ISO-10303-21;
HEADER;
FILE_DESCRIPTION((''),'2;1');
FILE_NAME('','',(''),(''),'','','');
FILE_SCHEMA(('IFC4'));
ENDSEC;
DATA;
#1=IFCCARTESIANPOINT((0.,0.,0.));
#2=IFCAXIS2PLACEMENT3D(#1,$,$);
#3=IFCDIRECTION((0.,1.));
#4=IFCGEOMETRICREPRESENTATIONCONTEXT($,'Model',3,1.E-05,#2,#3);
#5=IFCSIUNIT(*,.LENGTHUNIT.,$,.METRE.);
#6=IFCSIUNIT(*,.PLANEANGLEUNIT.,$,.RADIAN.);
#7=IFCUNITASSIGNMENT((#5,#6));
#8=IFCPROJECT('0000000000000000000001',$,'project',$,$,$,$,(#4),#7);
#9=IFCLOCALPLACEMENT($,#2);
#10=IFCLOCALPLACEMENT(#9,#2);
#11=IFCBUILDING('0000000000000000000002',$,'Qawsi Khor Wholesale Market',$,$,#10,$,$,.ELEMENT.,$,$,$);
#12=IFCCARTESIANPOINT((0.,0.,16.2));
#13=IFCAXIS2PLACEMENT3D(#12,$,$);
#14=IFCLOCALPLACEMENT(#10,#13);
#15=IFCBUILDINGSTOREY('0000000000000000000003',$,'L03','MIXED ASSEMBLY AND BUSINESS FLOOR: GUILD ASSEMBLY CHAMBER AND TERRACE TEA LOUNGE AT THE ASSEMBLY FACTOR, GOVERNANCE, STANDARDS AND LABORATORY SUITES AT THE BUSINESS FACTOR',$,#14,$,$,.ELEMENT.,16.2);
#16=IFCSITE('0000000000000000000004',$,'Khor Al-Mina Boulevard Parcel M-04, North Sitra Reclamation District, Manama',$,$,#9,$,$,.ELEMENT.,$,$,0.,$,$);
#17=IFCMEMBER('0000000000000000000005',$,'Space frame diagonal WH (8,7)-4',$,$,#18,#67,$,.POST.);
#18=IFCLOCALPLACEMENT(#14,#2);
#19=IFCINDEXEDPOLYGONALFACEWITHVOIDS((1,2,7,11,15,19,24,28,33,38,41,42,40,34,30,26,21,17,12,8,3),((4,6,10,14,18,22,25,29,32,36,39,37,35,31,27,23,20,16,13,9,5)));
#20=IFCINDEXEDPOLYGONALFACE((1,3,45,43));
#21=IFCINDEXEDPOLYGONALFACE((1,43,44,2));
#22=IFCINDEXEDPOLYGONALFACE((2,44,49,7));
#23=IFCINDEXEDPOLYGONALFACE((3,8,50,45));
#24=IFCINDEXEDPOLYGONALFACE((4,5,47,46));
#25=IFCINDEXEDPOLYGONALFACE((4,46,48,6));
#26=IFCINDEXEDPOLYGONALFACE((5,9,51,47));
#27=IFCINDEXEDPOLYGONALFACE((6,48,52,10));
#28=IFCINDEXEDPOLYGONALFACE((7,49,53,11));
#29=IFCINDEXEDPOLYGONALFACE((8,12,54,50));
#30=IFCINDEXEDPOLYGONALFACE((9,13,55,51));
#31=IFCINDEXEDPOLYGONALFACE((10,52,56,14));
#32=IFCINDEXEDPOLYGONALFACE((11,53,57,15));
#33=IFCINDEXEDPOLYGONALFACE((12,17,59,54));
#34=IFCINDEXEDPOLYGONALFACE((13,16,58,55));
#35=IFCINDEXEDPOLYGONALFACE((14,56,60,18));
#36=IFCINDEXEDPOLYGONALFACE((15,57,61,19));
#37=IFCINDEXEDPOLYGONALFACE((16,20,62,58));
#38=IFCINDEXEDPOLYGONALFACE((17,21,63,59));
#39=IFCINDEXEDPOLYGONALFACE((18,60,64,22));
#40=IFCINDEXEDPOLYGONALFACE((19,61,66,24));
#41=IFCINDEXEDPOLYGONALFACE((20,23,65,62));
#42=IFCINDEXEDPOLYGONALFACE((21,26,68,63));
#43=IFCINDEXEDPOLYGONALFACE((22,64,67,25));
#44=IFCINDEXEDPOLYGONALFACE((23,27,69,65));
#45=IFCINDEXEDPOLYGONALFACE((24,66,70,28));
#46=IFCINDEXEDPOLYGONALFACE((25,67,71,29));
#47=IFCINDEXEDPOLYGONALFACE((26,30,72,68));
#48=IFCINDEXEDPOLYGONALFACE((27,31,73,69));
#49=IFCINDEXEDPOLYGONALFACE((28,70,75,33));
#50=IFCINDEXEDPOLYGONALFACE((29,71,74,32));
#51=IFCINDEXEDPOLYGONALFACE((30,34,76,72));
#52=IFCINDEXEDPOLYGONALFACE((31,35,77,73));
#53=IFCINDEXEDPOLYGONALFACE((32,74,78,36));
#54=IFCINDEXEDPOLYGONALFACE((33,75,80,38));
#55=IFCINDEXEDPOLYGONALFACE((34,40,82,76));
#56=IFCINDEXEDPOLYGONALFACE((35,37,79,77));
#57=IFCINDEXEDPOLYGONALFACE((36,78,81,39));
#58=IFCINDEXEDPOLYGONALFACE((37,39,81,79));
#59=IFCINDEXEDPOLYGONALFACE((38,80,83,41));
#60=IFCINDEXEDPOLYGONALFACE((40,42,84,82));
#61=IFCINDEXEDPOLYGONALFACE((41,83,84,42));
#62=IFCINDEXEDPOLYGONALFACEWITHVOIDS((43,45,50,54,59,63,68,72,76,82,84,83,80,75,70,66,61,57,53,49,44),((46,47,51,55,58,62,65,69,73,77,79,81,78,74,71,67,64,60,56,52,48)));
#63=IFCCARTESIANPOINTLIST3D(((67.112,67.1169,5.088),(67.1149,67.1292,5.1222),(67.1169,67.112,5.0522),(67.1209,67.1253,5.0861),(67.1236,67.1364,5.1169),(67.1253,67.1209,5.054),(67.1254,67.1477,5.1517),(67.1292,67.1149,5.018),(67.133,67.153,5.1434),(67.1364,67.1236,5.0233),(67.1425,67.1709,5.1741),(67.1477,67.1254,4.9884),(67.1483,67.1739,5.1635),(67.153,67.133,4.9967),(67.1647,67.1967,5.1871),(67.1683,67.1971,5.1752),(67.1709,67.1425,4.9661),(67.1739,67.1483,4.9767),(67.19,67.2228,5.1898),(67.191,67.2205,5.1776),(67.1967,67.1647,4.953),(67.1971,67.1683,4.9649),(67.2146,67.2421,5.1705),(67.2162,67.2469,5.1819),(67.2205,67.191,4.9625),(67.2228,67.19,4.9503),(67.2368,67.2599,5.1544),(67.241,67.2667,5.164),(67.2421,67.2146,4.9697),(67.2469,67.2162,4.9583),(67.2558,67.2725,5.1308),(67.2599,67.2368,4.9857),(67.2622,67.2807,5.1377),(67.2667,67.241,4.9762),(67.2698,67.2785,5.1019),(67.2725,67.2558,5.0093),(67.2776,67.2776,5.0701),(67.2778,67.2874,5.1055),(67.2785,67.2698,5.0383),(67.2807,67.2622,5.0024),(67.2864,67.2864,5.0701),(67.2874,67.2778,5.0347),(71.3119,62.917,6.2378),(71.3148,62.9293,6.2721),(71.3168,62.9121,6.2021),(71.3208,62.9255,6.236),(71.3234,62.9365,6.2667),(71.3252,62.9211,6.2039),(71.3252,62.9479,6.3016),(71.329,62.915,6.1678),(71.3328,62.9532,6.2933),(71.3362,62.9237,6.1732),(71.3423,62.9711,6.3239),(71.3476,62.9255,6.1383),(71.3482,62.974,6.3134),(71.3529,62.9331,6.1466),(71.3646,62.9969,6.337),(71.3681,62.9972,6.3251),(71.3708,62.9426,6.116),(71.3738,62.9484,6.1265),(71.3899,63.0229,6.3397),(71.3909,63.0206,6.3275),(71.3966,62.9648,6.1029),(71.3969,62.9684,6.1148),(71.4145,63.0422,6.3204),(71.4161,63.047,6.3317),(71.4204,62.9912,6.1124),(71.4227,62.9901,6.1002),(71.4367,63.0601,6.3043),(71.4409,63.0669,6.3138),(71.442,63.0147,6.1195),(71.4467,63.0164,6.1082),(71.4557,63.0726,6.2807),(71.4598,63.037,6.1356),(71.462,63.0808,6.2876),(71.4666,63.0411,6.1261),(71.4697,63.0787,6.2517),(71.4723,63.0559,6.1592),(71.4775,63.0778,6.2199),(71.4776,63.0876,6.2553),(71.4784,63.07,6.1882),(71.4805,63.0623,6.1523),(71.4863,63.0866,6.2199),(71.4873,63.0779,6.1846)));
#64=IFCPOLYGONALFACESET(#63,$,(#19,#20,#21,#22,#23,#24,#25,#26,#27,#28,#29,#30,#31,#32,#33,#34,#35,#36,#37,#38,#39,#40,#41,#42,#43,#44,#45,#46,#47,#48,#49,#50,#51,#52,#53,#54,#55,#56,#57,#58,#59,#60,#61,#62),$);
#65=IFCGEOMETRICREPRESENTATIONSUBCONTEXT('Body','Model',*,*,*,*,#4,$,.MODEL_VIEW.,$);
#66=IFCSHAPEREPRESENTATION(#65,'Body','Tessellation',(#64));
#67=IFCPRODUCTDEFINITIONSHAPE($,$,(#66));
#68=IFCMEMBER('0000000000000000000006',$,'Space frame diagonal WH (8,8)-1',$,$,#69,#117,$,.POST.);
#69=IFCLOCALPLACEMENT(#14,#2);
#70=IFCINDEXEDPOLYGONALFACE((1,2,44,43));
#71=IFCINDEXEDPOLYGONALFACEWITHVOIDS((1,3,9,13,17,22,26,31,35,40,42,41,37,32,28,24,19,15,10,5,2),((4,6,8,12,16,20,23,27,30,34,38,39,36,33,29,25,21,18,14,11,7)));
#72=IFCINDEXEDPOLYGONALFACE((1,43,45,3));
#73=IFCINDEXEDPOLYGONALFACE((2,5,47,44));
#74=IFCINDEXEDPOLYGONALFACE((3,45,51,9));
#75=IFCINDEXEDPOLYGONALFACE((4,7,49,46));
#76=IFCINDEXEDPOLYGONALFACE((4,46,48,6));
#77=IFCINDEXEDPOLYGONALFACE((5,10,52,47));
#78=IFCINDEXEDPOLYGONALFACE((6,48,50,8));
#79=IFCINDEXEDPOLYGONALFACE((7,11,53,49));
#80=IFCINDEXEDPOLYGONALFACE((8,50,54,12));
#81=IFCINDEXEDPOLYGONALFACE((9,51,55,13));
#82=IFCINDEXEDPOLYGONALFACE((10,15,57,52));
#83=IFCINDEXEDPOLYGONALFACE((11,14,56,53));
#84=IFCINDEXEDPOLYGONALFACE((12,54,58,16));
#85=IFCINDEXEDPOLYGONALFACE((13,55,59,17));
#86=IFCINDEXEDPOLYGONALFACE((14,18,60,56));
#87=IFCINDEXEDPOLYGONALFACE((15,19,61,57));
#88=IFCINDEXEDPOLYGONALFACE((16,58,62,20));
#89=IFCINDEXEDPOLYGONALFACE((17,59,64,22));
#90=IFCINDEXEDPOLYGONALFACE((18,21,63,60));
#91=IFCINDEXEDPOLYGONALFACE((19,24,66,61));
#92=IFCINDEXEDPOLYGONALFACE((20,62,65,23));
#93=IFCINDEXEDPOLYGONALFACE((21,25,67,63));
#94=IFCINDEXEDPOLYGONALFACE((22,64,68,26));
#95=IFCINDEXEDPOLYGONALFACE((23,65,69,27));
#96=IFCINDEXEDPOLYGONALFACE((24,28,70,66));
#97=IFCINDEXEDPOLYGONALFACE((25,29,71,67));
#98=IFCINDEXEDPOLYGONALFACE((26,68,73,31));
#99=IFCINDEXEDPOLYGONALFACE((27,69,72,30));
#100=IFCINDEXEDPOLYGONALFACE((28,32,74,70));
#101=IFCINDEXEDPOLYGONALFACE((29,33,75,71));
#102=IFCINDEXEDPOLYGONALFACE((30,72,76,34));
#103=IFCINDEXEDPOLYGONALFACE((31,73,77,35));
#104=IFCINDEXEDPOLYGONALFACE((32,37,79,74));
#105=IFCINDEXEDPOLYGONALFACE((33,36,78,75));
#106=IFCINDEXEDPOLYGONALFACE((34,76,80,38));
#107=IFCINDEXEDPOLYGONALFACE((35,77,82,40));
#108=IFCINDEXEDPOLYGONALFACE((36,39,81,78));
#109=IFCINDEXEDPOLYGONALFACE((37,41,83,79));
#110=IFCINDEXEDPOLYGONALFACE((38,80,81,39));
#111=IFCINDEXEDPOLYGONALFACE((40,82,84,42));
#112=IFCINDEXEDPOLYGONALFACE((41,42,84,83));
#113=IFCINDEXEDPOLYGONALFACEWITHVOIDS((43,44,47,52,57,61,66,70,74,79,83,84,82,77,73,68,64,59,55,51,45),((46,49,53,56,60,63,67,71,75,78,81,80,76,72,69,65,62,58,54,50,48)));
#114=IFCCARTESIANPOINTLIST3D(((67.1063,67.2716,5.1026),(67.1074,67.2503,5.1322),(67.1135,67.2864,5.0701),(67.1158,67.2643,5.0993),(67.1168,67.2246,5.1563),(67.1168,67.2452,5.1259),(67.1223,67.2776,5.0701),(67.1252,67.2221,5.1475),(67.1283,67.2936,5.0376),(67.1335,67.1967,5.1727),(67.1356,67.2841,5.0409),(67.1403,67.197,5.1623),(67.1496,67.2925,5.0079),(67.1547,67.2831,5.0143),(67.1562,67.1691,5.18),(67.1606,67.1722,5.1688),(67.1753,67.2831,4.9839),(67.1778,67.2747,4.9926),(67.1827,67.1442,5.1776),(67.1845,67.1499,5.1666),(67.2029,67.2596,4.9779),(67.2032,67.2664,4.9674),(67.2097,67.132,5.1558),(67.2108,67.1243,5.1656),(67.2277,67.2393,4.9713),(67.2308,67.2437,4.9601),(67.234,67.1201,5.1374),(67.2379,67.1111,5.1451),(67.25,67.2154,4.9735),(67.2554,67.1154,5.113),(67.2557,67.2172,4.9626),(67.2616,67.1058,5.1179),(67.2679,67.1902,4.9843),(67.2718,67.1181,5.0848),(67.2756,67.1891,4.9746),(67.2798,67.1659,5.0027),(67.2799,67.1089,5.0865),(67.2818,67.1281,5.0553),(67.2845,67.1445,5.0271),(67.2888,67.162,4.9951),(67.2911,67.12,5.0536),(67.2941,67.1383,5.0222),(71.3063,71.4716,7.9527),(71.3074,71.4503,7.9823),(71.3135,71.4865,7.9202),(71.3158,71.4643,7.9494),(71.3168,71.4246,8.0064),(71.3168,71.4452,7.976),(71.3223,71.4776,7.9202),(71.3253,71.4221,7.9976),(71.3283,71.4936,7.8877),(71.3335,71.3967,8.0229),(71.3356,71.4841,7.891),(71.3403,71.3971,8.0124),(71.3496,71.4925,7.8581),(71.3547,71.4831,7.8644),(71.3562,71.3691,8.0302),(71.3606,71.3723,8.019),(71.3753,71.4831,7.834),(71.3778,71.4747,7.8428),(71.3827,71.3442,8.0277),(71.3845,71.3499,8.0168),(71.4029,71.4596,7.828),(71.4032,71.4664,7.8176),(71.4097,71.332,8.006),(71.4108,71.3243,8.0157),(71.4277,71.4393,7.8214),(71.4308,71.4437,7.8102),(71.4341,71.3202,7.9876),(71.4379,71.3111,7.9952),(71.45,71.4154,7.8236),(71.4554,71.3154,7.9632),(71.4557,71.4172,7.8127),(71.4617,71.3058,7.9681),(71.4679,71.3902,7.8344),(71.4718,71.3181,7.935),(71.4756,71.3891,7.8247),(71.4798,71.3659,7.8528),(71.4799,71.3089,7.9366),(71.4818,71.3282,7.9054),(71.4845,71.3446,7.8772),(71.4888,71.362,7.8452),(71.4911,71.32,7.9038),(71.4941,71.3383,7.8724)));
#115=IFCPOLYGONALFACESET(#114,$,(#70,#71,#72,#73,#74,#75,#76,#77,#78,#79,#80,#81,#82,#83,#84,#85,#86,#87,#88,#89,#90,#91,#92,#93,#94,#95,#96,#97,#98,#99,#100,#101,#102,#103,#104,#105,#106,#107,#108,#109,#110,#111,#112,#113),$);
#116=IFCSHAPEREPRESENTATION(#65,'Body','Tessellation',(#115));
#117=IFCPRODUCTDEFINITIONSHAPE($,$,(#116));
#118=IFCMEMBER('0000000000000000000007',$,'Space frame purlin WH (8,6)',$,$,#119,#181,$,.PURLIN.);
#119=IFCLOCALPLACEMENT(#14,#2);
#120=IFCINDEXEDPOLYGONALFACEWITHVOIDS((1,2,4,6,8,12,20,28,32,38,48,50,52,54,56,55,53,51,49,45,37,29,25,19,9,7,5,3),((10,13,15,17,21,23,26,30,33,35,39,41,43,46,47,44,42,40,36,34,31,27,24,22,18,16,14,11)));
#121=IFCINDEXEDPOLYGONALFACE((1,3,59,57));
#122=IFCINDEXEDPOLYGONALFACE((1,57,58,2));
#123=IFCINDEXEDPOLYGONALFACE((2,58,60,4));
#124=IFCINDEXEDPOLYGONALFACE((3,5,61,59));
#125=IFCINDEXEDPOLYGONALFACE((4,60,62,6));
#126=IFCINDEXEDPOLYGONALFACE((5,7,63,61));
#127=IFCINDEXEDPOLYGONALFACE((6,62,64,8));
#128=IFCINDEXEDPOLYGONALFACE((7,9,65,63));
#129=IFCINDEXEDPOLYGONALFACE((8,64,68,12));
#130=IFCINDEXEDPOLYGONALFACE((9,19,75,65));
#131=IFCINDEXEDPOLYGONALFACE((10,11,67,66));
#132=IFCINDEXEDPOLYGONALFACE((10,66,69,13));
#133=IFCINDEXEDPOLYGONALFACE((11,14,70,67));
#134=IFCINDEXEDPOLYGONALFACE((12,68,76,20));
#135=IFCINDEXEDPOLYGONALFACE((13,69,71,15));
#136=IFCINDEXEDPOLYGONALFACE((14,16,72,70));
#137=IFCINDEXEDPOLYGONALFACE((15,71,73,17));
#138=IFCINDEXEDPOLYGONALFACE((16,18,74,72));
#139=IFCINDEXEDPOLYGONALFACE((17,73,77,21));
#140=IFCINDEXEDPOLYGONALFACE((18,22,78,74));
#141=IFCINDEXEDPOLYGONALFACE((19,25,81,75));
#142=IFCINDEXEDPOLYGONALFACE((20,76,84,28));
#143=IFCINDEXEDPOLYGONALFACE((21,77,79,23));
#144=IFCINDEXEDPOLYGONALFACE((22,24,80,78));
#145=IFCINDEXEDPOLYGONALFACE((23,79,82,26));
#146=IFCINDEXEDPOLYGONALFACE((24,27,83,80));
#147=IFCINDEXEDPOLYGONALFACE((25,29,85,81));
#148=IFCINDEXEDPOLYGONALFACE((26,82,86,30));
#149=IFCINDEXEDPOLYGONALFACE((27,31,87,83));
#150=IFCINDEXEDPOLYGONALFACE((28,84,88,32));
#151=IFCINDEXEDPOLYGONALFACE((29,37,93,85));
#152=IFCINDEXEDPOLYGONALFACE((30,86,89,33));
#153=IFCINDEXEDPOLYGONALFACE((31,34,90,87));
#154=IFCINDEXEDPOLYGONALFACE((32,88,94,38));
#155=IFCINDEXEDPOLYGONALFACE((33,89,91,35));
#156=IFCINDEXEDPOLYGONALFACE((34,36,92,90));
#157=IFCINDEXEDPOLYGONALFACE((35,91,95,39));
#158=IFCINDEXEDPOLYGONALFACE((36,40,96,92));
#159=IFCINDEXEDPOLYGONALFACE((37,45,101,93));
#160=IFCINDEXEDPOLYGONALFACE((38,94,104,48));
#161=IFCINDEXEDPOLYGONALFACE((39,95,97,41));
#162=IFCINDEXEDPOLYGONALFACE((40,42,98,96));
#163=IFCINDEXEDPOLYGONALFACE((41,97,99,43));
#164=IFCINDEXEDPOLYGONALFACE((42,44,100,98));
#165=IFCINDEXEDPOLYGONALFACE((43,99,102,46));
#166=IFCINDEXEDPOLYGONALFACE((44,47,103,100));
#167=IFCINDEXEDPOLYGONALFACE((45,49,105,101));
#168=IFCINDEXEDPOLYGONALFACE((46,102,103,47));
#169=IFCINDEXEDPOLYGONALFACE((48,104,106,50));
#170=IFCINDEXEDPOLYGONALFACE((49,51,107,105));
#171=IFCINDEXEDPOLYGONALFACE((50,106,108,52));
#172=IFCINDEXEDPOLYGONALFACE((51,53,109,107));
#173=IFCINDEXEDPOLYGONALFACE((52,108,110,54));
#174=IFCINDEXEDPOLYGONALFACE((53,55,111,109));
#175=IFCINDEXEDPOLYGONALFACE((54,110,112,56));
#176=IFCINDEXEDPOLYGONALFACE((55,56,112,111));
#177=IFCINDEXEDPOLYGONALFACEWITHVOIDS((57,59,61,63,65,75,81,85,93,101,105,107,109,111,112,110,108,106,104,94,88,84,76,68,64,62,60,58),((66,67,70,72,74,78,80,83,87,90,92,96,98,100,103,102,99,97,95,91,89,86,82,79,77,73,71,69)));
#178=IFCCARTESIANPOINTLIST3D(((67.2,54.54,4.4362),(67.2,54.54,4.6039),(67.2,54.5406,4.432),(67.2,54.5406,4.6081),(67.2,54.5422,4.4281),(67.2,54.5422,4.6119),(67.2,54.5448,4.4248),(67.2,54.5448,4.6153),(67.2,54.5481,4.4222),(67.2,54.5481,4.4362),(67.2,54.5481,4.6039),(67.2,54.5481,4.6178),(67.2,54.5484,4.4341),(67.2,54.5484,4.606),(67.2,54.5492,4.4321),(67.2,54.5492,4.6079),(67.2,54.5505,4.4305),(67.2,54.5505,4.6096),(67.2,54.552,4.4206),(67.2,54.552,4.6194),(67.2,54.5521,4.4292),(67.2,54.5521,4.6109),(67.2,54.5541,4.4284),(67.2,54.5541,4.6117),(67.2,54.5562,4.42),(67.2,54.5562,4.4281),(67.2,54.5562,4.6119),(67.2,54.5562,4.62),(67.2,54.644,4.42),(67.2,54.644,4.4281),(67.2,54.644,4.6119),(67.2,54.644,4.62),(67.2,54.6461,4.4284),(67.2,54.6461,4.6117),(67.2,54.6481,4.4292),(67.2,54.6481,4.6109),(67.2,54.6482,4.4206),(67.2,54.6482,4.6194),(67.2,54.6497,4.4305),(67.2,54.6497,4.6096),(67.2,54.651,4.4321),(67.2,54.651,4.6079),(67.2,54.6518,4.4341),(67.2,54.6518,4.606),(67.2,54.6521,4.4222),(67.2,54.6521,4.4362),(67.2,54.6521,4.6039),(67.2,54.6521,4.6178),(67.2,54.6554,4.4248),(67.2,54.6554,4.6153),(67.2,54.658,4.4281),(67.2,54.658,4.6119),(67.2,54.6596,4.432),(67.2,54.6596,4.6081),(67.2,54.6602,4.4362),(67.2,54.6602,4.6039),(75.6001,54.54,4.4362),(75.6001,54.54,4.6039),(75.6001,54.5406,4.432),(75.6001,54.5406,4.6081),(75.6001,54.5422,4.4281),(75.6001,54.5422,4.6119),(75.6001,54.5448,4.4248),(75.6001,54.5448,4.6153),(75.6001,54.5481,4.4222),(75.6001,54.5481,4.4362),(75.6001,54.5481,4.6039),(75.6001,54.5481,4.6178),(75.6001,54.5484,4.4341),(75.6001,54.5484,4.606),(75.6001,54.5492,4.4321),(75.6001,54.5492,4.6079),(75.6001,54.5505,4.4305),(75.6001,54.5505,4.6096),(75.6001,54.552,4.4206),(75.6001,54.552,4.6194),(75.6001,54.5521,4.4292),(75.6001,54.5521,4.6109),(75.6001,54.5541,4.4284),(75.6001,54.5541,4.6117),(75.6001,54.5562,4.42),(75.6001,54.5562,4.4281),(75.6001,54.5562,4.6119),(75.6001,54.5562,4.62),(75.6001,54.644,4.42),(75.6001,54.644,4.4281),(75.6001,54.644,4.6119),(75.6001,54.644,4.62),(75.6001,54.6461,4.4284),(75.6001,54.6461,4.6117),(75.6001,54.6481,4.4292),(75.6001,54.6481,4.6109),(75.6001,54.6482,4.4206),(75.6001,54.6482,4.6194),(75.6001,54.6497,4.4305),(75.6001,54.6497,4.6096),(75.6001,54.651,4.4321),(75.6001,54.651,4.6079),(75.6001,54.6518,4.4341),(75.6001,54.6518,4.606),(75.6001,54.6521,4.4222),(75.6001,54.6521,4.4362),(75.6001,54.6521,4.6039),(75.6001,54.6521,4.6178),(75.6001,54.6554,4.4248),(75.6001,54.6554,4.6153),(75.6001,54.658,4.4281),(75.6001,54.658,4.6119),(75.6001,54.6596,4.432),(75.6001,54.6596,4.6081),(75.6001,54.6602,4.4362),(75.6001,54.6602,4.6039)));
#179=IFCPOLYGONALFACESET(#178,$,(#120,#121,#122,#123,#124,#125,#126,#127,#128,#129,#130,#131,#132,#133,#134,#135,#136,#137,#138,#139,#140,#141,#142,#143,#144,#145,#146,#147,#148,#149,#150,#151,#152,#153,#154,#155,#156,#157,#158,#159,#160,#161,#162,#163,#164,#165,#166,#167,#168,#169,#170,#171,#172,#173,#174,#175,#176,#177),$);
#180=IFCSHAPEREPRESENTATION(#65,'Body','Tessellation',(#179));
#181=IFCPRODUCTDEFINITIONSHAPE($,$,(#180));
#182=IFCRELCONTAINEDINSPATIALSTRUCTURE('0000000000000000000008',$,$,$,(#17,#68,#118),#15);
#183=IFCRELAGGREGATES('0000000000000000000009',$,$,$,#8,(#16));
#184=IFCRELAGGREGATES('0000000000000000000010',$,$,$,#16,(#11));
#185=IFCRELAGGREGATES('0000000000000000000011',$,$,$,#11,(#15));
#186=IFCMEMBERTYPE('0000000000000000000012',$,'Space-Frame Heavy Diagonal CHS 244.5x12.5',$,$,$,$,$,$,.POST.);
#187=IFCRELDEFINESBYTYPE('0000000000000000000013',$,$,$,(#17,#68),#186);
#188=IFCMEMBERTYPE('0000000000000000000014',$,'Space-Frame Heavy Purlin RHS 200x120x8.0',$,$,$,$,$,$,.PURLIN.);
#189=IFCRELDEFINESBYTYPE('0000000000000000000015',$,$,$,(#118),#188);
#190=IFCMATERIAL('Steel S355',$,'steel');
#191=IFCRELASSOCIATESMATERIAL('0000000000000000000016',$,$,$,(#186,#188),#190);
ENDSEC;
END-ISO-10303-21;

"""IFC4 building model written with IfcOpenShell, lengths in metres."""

from ifc_helpers import new_model, si_unit, direction, frame, origin, origin_2d, place, context, subcontext, project, spatial, hollow_rectangle, hollow_circle, extrude, material, material_profile, profile_set, type_object, element, save


model = new_model("IFC4")

# Units and contexts
model_context = context("Model", 3, precision=1e-05, world=origin(), true_north=direction((0.0, 1.0)))
body_context = subcontext(model_context, "Body", "Model", "MODEL_VIEW")
ifc_project = project(units=[si_unit("LENGTHUNIT", "METRE"), si_unit("PLANEANGLEUNIT", "RADIAN")], contexts=[model_context])

# Site, building, storey
site_placement = place(None, origin())
site = spatial("IfcSite", under=ifc_project, at=site_placement, Name="Khor Al-Mina Boulevard Parcel M-04, North Sitra Reclamation District, Manama", CompositionType="ELEMENT", RefElevation=0.0)
building_placement = place(site_placement, origin())
building = spatial("IfcBuilding", under=site, at=building_placement, Name="Qawsi Khor Wholesale Market", CompositionType="ELEMENT")
storey_placement = place(building_placement, frame((0.0, 0.0, 16.2)))
storey = spatial("IfcBuildingStorey", under=building, at=storey_placement, Name="L03", Description="MIXED ASSEMBLY AND BUSINESS FLOOR: GUILD ASSEMBLY CHAMBER AND TERRACE TEA LOUNGE AT THE ASSEMBLY FACTOR, GOVERNANCE, STANDARDS AND LABORATORY SUITES AT THE BUSINESS FACTOR", CompositionType="ELEMENT", Elevation=16.2)

# Members
ifc_material_1 = material(Name="Steel S355", Category="steel")
ifc_material_profile_1 = material_profile(ifc_material_1, hollow_circle(Radius=0.1223, WallThickness=0.0125, at=origin_2d()), Name="CHS 244.5x12.5")
ifc_profile_set_1 = profile_set([ifc_material_profile_1], Name="Steel S355")
member_type_1 = type_object("IfcMemberType", Name="Space-Frame Heavy Diagonal CHS 244.5x12.5", PredefinedType="POST", material=ifc_profile_set_1)
member_1_placement = place(storey_placement, frame((67.2, 67.2, 5.0701), z_axis=(0.694217, -0.694217, 0.190069), x_axis=(0.707107, 0.707107, 0.0)))
element("IfcMember", 1, at=member_1_placement, inside=storey, type_object=member_type_1, Name="Space frame diagonal WH (8,7)-4", PredefinedType="POST", context=body_context, shape_type="SweptSolid", body=[
    extrude(hollow_circle(Radius=0.1223, WallThickness=0.0125, at=origin_2d()), origin(), (0.0, 0.0, 1.0), 6.0498),
])
member_2_placement = place(storey_placement, frame((67.2, 67.2, 5.0701), z_axis=(0.637512, 0.637512, 0.432617), x_axis=(-0.707107, 0.707107, 0.0)))
element("IfcMember", 2, at=member_2_placement, inside=storey, type_object=member_type_1, Name="Space frame diagonal WH (8,8)-1", PredefinedType="POST", context=body_context, shape_type="SweptSolid", body=[
    extrude(hollow_circle(Radius=0.1223, WallThickness=0.0125, at=origin_2d()), origin(), (0.0, 0.0, 1.0), 6.5881),
])
ifc_material_profile_2 = material_profile(ifc_material_1, hollow_rectangle(XDim=0.1201, YDim=0.2, WallThickness=0.0081, InnerFilletRadius=0.0081, OuterFilletRadius=0.0161, at=origin_2d()), Name="RHS 200x120x8.0")
ifc_profile_set_2 = profile_set([ifc_material_profile_2], Name="Steel S355")
member_type_2 = type_object("IfcMemberType", Name="Space-Frame Heavy Purlin RHS 200x120x8.0", PredefinedType="PURLIN", material=ifc_profile_set_2)
for number, where, z_axis, x_axis, name in (
    (3, (67.2, 54.6001, 4.52), (1.0, 0.0, 0.0), (0.0, 1.0, 0.0), "Space frame purlin WH (8,6)"),
):
    element("IfcMember", number, at=place(storey_placement, frame(where, z_axis=z_axis, x_axis=x_axis)), inside=storey, type_object=member_type_2, Name=name, PredefinedType="PURLIN", context=body_context, shape_type="SweptSolid", body=[
        extrude(hollow_rectangle(XDim=0.1201, YDim=0.2, WallThickness=0.0081, InnerFilletRadius=0.0081, OuterFilletRadius=0.0161, at=origin_2d()), origin(), (0.0, 0.0, 1.0), 8.4001),
    ])

save(model, "model.ifc")
